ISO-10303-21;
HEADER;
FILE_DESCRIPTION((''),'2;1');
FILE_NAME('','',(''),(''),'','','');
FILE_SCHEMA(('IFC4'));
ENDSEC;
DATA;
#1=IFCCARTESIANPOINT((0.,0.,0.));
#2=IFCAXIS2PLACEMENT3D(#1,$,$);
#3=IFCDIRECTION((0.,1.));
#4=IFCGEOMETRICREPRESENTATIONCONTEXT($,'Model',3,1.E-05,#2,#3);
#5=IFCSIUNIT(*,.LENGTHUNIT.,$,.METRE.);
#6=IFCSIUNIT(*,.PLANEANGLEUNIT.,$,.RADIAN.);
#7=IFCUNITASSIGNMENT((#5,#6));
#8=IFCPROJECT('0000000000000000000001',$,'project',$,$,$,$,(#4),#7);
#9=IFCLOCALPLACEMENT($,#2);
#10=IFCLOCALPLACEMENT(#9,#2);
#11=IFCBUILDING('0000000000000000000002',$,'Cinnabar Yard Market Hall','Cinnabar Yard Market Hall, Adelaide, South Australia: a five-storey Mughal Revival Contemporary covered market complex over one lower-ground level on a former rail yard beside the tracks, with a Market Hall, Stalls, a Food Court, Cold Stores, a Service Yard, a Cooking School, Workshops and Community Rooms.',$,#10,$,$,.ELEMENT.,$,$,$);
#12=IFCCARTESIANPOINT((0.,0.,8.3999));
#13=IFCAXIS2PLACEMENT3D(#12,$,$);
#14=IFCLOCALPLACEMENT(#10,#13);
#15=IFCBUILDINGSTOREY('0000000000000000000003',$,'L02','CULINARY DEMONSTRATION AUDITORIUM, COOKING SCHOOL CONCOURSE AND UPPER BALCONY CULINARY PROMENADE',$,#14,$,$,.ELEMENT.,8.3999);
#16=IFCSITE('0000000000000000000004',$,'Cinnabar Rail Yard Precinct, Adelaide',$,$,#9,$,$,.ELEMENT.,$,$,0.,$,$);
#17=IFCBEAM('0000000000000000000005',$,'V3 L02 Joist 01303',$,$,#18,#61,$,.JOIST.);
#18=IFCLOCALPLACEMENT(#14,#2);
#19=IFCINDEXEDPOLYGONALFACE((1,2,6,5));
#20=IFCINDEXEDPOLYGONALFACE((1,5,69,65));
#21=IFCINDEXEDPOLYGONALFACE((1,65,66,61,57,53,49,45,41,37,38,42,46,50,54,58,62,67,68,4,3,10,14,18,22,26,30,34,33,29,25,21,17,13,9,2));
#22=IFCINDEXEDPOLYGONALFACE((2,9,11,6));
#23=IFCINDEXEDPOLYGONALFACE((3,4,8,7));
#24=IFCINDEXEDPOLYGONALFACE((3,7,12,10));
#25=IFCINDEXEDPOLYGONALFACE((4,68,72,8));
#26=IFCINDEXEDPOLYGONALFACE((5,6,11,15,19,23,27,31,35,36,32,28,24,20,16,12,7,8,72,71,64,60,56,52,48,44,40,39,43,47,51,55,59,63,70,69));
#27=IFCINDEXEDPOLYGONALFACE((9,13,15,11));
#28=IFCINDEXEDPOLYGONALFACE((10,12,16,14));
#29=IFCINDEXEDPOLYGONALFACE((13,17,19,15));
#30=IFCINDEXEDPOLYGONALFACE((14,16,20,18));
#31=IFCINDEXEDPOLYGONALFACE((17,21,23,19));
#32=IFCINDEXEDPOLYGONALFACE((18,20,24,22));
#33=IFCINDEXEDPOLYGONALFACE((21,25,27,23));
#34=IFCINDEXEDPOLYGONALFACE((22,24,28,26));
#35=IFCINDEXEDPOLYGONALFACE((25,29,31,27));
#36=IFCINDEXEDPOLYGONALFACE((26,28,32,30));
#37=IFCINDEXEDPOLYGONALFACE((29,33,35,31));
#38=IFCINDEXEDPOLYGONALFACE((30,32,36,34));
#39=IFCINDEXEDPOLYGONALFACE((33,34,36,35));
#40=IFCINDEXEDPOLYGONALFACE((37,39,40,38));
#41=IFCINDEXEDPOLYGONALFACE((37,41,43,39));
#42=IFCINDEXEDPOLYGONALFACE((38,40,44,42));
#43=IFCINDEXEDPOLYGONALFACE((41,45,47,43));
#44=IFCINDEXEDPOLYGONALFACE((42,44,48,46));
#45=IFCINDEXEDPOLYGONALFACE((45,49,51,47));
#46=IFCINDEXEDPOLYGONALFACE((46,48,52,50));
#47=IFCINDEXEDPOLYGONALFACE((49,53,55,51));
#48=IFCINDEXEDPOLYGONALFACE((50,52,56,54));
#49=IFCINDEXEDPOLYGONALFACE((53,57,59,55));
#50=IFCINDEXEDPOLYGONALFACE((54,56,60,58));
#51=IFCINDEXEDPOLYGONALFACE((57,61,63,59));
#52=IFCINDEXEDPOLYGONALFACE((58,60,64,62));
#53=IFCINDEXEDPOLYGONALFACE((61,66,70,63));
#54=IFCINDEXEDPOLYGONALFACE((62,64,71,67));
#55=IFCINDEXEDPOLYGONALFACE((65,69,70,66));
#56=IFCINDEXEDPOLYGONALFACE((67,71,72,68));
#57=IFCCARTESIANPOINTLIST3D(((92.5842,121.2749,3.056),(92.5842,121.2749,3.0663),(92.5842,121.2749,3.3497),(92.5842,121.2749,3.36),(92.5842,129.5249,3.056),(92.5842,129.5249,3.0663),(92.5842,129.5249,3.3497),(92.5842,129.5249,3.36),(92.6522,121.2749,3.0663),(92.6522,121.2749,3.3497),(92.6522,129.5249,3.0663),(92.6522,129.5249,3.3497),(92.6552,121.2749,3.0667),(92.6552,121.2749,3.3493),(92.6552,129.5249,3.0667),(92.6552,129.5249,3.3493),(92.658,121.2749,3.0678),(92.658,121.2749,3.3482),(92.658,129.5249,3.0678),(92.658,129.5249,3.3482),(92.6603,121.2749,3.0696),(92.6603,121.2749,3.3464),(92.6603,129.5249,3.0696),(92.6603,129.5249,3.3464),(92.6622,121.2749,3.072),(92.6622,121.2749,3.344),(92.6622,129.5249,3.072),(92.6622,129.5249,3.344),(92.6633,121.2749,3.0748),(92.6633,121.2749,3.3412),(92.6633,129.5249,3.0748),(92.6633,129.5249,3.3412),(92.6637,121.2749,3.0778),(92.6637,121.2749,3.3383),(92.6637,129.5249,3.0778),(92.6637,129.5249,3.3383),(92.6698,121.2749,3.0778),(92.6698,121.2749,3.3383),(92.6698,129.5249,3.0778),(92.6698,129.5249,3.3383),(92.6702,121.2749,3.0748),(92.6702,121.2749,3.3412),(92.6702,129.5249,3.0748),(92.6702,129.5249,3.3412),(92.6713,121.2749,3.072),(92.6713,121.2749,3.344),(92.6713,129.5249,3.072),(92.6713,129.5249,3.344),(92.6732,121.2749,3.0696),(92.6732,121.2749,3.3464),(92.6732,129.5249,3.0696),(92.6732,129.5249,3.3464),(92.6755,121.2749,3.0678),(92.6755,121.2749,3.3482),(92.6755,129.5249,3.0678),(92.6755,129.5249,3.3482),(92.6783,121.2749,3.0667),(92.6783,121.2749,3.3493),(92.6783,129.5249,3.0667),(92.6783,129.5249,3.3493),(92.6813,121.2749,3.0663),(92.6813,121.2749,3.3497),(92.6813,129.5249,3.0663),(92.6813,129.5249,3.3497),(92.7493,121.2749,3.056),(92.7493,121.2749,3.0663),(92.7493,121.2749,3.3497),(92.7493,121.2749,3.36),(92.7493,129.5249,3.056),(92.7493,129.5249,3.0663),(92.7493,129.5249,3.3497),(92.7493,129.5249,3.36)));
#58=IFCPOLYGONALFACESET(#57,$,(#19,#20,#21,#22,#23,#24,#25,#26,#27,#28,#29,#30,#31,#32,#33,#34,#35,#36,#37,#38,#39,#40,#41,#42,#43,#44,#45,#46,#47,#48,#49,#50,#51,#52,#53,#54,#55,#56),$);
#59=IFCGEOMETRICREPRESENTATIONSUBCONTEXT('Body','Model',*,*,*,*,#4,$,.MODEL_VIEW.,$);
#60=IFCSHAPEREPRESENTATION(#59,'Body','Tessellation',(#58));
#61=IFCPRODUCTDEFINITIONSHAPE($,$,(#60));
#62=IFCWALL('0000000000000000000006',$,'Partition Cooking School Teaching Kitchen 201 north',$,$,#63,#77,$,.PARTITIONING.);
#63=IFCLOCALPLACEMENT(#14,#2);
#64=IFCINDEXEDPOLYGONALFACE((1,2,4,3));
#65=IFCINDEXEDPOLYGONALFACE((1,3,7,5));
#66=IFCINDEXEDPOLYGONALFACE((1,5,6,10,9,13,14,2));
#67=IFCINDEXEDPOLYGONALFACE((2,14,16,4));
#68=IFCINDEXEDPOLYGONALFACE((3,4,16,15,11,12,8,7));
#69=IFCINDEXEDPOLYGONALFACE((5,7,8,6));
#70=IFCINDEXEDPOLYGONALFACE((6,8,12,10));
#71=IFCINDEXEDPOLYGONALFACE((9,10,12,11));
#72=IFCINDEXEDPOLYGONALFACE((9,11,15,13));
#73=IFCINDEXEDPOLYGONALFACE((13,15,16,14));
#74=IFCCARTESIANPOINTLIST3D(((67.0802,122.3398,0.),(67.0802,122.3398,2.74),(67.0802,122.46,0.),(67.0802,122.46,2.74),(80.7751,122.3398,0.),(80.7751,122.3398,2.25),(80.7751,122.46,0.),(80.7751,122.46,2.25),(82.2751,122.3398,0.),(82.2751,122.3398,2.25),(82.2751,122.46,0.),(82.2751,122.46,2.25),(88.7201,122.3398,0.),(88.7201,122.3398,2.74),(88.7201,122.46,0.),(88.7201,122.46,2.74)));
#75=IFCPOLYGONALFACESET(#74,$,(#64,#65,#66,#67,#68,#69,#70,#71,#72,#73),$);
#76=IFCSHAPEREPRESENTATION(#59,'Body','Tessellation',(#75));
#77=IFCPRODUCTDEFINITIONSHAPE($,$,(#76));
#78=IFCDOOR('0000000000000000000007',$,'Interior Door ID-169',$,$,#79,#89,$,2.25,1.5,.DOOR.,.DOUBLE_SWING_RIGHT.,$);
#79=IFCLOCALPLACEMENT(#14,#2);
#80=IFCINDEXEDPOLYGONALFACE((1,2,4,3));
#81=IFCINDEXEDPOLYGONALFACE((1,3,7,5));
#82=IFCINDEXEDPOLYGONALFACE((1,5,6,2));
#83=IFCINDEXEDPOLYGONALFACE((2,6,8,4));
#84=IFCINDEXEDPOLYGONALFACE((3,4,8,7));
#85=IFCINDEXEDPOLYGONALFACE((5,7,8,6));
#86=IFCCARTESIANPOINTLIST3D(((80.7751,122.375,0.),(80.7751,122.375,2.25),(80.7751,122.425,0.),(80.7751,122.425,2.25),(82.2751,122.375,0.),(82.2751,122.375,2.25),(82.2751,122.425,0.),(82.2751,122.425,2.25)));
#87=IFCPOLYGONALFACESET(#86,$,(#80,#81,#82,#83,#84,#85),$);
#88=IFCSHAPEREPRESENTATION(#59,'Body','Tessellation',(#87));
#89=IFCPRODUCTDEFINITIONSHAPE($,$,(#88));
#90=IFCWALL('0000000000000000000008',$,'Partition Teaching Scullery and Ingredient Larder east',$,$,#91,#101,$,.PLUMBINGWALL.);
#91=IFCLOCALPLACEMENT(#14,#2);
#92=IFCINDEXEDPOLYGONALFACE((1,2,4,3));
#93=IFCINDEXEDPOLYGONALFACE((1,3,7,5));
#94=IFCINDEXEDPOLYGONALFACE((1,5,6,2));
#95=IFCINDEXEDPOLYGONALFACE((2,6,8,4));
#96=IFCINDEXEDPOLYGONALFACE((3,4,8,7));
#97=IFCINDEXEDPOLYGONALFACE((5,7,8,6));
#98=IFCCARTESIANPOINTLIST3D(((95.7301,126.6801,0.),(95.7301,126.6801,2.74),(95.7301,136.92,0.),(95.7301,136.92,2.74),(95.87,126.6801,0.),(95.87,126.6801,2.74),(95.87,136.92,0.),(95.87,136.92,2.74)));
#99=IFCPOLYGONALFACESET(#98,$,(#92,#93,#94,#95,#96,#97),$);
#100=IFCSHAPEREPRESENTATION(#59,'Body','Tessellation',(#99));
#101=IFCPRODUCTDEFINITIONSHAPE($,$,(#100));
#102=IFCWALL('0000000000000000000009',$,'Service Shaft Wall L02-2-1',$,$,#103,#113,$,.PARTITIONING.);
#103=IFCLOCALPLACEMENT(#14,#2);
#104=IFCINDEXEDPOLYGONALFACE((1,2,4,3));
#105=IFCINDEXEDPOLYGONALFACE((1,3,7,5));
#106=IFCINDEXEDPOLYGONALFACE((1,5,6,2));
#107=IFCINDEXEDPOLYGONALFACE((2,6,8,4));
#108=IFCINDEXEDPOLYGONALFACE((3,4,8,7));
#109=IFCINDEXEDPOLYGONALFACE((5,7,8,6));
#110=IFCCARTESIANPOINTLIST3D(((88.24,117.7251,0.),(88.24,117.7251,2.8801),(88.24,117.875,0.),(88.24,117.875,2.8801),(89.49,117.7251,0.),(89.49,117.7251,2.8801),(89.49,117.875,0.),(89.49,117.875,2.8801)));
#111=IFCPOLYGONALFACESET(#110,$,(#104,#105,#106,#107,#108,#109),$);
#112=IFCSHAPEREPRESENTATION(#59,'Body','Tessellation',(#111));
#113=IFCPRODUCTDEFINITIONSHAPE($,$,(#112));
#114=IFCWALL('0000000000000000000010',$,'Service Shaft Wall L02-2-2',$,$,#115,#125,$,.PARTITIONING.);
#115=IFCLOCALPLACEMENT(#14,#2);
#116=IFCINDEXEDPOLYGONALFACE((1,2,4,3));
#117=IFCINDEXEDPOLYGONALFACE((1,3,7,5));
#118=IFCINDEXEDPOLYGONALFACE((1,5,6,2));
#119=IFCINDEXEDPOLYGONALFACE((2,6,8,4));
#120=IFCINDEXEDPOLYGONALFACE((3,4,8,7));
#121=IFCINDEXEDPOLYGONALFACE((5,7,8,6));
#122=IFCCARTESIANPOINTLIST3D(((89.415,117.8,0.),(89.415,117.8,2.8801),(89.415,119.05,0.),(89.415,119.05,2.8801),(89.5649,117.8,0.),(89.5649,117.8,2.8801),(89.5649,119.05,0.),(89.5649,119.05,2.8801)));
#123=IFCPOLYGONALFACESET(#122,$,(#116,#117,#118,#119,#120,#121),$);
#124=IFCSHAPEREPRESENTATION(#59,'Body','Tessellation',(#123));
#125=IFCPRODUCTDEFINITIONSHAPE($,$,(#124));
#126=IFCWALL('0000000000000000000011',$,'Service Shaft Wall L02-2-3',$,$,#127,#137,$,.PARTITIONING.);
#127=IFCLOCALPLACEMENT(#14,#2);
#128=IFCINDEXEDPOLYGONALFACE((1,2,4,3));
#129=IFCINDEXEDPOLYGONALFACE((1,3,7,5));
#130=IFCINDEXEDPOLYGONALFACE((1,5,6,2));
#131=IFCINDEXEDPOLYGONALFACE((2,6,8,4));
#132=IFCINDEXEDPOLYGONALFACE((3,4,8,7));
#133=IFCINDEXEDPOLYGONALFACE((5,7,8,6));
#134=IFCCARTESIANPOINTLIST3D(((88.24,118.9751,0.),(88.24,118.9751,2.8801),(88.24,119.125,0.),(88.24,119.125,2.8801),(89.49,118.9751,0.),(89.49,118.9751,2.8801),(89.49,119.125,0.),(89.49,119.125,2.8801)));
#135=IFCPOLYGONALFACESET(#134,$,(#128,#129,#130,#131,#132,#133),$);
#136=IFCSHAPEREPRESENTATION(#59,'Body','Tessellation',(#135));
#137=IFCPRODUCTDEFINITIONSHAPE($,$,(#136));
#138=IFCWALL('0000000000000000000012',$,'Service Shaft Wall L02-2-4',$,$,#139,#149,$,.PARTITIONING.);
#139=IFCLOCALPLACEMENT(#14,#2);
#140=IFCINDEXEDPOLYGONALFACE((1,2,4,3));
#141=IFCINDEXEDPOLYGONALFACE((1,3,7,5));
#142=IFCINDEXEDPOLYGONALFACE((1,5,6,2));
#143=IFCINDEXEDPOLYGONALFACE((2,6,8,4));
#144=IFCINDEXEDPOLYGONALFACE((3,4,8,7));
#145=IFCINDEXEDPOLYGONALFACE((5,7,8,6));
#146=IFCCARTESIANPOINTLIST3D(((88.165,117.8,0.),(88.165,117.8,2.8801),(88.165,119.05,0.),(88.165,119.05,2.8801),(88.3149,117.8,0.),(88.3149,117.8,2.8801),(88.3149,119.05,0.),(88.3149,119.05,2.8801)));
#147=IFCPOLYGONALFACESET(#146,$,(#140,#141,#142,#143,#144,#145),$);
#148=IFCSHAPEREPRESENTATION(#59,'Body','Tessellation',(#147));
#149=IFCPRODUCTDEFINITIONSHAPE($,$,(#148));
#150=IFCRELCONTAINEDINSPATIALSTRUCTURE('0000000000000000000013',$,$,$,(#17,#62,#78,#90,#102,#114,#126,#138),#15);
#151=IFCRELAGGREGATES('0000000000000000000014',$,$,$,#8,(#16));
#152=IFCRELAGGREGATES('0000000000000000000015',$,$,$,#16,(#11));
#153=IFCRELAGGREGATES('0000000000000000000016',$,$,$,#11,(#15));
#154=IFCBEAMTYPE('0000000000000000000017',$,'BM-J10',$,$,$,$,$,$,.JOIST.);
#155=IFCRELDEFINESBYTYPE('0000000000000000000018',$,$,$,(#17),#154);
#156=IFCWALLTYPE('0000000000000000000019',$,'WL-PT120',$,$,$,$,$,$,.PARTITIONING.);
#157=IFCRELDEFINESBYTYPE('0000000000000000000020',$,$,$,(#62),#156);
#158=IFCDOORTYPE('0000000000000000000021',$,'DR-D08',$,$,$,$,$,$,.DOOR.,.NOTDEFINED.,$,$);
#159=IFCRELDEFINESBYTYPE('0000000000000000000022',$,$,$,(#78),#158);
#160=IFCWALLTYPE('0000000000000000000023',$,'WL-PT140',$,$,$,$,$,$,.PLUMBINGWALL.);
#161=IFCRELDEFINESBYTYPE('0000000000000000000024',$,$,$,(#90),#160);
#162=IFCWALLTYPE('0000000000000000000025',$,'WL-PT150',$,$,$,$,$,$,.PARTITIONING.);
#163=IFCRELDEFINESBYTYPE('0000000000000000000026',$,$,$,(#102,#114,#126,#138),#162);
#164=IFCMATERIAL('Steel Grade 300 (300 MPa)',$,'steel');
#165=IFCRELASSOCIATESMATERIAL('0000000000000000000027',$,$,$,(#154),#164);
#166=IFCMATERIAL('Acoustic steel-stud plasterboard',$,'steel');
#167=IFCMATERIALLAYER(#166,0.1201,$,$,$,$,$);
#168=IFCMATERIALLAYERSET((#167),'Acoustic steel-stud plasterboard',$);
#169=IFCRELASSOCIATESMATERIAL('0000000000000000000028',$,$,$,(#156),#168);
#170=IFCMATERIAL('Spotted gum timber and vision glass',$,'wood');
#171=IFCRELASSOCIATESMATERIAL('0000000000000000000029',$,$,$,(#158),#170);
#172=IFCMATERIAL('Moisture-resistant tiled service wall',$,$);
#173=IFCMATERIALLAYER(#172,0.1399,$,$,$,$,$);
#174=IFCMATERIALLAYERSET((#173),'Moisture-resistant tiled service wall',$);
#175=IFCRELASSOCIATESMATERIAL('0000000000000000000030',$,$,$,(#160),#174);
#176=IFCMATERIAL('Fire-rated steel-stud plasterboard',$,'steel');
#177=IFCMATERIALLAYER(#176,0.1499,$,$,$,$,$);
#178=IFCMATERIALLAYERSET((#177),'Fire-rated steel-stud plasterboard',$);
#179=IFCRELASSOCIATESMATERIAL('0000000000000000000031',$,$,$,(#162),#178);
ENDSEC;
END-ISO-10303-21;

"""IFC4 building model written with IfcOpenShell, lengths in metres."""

from ifc_helpers import new_model, si_unit, direction, frame, frame_2d, origin, origin_2d_with_axis, place, context, subcontext, project, spatial, rectangle, i_section, extrude, material, layer, layer_set, material_profile, profile_set, type_object, element, fill, save


model = new_model("IFC4")

# Units and contexts
model_context = context("Model", 3, precision=1e-05, world=origin(), true_north=direction((0.0, 1.0)))
body_context = subcontext(model_context, "Body", "Model", "MODEL_VIEW")
ifc_project = project(units=[si_unit("LENGTHUNIT", "METRE"), si_unit("PLANEANGLEUNIT", "RADIAN")], contexts=[model_context])

# Site, building, storey
site_placement = place(None, origin())
site = spatial("IfcSite", under=ifc_project, at=site_placement, Name="Cinnabar Rail Yard Precinct, Adelaide", CompositionType="ELEMENT", RefElevation=0.0)
building_placement = place(site_placement, origin())
building = spatial("IfcBuilding", under=site, at=building_placement, Name="Cinnabar Yard Market Hall", Description="Cinnabar Yard Market Hall, Adelaide, South Australia: a five-storey Mughal Revival Contemporary covered market complex over one lower-ground level on a former rail yard beside the tracks, with a Market Hall, Stalls, a Food Court, Cold Stores, a Service Yard, a Cooking School, Workshops and Community Rooms.", CompositionType="ELEMENT")
storey_placement = place(building_placement, frame((0.0, 0.0, 8.3999)))
storey = spatial("IfcBuildingStorey", under=building, at=storey_placement, Name="L02", Description="CULINARY DEMONSTRATION AUDITORIUM, COOKING SCHOOL CONCOURSE AND UPPER BALCONY CULINARY PROMENADE", CompositionType="ELEMENT", Elevation=8.3999)

# Shared definitions
ifc_material_1 = material(Name="Steel Grade 300 (300 MPa)", Category="steel")

# Beam
ifc_material_profile_1 = material_profile(ifc_material_1, i_section(OverallWidth=0.165, OverallDepth=0.304, WebThickness=0.0061, FlangeThickness=0.0103, FilletRadius=0.0115, at=origin_2d_with_axis()), Name="310UB40.4")
ifc_profile_set_1 = profile_set([ifc_material_profile_1], Name="Steel Grade 300 (300 MPa)")
beam_type_1 = type_object("IfcBeamType", Name="BM-J10", PredefinedType="JOIST", material=ifc_profile_set_1)
for number, where, z_axis, x_axis, name in (
    (1, (92.6667, 121.2749, 3.208), (0.0, 1.0, 0.0), (-1.0, 0.0, 0.0), "V3 L02 Joist 01303"),
):
    element("IfcBeam", number, at=place(storey_placement, frame(where, z_axis=z_axis, x_axis=x_axis)), inside=storey, type_object=beam_type_1, Name=name, PredefinedType="JOIST", context=body_context, shape_type="SweptSolid", body=[
        extrude(i_section(OverallWidth=0.165, OverallDepth=0.304, WebThickness=0.0061, FlangeThickness=0.0103, FilletRadius=0.0115, at=origin_2d_with_axis()), origin(), (0.0, 0.0, 1.0), 8.25),
    ])

# Wall, opening, door
ifc_material_2 = material(Name="Acoustic steel-stud plasterboard", Category="steel")
ifc_layer_1 = layer(ifc_material_2, 0.1201)
ifc_layer_set_1 = layer_set([ifc_layer_1], Name="Acoustic steel-stud plasterboard")
wall_type_1 = type_object("IfcWallType", Name="WL-PT120", PredefinedType="PARTITIONING", material=ifc_layer_set_1)
wall_1_placement = place(storey_placement, frame((88.72, 122.3999, 0.0), z_axis=(0.0, 0.0, 1.0), x_axis=(-1.0, 0.0, 0.0)))
wall_1 = element("IfcWall", 2, at=wall_1_placement, inside=storey, type_object=wall_type_1, Name="Partition Cooking School Teaching Kitchen 201 north", PredefinedType="PARTITIONING", context=body_context, shape_type="SweptSolid", body=[
    extrude(rectangle(XDim=21.6399, YDim=0.1201, at=frame_2d((10.8198, 0.0), x_axis=(1.0, 0.0))), origin(), (0.0, 0.0, 1.0), 2.74),
])
opening_placement = place(wall_1_placement, frame((6.4448, 0.0, 0.0)))
opening = element("IfcOpeningElement", 3, at=opening_placement, cuts=wall_1, PredefinedType="OPENING", context=body_context, shape_type="SweptSolid", body=[
    extrude(rectangle(XDim=1.5, YDim=2.25, at=frame_2d((0.75, 1.125), x_axis=(1.0, 0.0))), frame((0.0, 0.0701, 0.0), z_axis=(0.0, -1.0, 0.0), x_axis=(1.0, 0.0, 0.0)), (0.0, 0.0, 1.0), 0.1401),
])
ifc_material_3 = material(Name="Spotted gum timber and vision glass", Category="wood")
door_type = type_object("IfcDoorType", Name="DR-D08", OperationType="NOTDEFINED", PredefinedType="DOOR", material=ifc_material_3)
door_placement = place(opening_placement, origin())
door = element("IfcDoor", 4, at=door_placement, inside=storey, type_object=door_type, Name="Interior Door ID-169", OperationType="DOUBLE_SWING_RIGHT", OverallHeight=2.25, OverallWidth=1.5, PredefinedType="DOOR", context=body_context, shape_type="SweptSolid", body=[
    extrude(rectangle(XDim=1.5, YDim=2.25, at=frame_2d((0.75, 1.125), x_axis=(1.0, 0.0))), frame((0.0, 0.0249, 0.0), z_axis=(0.0, -1.0, 0.0), x_axis=(1.0, 0.0, 0.0)), (0.0, 0.0, 1.0), 0.05),
])
fill(opening, door)

# Walls
ifc_material_4 = material(Name="Moisture-resistant tiled service wall")
ifc_layer_2 = layer(ifc_material_4, 0.1399)
ifc_layer_set_2 = layer_set([ifc_layer_2], Name="Moisture-resistant tiled service wall")
wall_type_2 = type_object("IfcWallType", Name="WL-PT140", PredefinedType="PLUMBINGWALL", material=ifc_layer_set_2)
wall_2_placement = place(storey_placement, frame((95.8, 126.6799, 0.0), z_axis=(0.0, 0.0, 1.0), x_axis=(0.0, 1.0, 0.0)))
element("IfcWall", 5, at=wall_2_placement, inside=storey, type_object=wall_type_2, Name="Partition Teaching Scullery and Ingredient Larder east", PredefinedType="PLUMBINGWALL", context=body_context, shape_type="SweptSolid", body=[
    extrude(rectangle(XDim=10.24, YDim=0.1399, at=frame_2d((5.1201, 0.0), x_axis=(1.0, 0.0))), origin(), (0.0, 0.0, 1.0), 2.74),
])
ifc_material_5 = material(Name="Fire-rated steel-stud plasterboard", Category="steel")
ifc_layer_3 = layer(ifc_material_5, 0.1499)
ifc_layer_set_3 = layer_set([ifc_layer_3], Name="Fire-rated steel-stud plasterboard")
wall_type_3 = type_object("IfcWallType", Name="WL-PT150", PredefinedType="PARTITIONING", material=ifc_layer_set_3)
for number, where, z_axis, x_axis, name in (
    (6, (88.24, 117.8, 0.0), (0.0, 0.0, 1.0), (1.0, 0.0, 0.0), "Service Shaft Wall L02-2-1"),
    (7, (89.49, 117.8, 0.0), (0.0, 0.0, 1.0), (0.0, 1.0, 0.0), "Service Shaft Wall L02-2-2"),
    (8, (89.49, 119.05, 0.0), (0.0, 0.0, 1.0), (-1.0, 0.0, 0.0), "Service Shaft Wall L02-2-3"),
    (9, (88.24, 119.05, 0.0), (0.0, 0.0, 1.0), (0.0, -1.0, 0.0), "Service Shaft Wall L02-2-4"),
):
    element("IfcWall", number, at=place(storey_placement, frame(where, z_axis=z_axis, x_axis=x_axis)), inside=storey, type_object=wall_type_3, Name=name, PredefinedType="PARTITIONING", context=body_context, shape_type="SweptSolid", body=[
        extrude(rectangle(XDim=1.25, YDim=0.1499, at=frame_2d((0.625, 0.0), x_axis=(1.0, 0.0))), origin(), (0.0, 0.0, 1.0), 2.8801),
    ])

save(model, "model.ifc")
